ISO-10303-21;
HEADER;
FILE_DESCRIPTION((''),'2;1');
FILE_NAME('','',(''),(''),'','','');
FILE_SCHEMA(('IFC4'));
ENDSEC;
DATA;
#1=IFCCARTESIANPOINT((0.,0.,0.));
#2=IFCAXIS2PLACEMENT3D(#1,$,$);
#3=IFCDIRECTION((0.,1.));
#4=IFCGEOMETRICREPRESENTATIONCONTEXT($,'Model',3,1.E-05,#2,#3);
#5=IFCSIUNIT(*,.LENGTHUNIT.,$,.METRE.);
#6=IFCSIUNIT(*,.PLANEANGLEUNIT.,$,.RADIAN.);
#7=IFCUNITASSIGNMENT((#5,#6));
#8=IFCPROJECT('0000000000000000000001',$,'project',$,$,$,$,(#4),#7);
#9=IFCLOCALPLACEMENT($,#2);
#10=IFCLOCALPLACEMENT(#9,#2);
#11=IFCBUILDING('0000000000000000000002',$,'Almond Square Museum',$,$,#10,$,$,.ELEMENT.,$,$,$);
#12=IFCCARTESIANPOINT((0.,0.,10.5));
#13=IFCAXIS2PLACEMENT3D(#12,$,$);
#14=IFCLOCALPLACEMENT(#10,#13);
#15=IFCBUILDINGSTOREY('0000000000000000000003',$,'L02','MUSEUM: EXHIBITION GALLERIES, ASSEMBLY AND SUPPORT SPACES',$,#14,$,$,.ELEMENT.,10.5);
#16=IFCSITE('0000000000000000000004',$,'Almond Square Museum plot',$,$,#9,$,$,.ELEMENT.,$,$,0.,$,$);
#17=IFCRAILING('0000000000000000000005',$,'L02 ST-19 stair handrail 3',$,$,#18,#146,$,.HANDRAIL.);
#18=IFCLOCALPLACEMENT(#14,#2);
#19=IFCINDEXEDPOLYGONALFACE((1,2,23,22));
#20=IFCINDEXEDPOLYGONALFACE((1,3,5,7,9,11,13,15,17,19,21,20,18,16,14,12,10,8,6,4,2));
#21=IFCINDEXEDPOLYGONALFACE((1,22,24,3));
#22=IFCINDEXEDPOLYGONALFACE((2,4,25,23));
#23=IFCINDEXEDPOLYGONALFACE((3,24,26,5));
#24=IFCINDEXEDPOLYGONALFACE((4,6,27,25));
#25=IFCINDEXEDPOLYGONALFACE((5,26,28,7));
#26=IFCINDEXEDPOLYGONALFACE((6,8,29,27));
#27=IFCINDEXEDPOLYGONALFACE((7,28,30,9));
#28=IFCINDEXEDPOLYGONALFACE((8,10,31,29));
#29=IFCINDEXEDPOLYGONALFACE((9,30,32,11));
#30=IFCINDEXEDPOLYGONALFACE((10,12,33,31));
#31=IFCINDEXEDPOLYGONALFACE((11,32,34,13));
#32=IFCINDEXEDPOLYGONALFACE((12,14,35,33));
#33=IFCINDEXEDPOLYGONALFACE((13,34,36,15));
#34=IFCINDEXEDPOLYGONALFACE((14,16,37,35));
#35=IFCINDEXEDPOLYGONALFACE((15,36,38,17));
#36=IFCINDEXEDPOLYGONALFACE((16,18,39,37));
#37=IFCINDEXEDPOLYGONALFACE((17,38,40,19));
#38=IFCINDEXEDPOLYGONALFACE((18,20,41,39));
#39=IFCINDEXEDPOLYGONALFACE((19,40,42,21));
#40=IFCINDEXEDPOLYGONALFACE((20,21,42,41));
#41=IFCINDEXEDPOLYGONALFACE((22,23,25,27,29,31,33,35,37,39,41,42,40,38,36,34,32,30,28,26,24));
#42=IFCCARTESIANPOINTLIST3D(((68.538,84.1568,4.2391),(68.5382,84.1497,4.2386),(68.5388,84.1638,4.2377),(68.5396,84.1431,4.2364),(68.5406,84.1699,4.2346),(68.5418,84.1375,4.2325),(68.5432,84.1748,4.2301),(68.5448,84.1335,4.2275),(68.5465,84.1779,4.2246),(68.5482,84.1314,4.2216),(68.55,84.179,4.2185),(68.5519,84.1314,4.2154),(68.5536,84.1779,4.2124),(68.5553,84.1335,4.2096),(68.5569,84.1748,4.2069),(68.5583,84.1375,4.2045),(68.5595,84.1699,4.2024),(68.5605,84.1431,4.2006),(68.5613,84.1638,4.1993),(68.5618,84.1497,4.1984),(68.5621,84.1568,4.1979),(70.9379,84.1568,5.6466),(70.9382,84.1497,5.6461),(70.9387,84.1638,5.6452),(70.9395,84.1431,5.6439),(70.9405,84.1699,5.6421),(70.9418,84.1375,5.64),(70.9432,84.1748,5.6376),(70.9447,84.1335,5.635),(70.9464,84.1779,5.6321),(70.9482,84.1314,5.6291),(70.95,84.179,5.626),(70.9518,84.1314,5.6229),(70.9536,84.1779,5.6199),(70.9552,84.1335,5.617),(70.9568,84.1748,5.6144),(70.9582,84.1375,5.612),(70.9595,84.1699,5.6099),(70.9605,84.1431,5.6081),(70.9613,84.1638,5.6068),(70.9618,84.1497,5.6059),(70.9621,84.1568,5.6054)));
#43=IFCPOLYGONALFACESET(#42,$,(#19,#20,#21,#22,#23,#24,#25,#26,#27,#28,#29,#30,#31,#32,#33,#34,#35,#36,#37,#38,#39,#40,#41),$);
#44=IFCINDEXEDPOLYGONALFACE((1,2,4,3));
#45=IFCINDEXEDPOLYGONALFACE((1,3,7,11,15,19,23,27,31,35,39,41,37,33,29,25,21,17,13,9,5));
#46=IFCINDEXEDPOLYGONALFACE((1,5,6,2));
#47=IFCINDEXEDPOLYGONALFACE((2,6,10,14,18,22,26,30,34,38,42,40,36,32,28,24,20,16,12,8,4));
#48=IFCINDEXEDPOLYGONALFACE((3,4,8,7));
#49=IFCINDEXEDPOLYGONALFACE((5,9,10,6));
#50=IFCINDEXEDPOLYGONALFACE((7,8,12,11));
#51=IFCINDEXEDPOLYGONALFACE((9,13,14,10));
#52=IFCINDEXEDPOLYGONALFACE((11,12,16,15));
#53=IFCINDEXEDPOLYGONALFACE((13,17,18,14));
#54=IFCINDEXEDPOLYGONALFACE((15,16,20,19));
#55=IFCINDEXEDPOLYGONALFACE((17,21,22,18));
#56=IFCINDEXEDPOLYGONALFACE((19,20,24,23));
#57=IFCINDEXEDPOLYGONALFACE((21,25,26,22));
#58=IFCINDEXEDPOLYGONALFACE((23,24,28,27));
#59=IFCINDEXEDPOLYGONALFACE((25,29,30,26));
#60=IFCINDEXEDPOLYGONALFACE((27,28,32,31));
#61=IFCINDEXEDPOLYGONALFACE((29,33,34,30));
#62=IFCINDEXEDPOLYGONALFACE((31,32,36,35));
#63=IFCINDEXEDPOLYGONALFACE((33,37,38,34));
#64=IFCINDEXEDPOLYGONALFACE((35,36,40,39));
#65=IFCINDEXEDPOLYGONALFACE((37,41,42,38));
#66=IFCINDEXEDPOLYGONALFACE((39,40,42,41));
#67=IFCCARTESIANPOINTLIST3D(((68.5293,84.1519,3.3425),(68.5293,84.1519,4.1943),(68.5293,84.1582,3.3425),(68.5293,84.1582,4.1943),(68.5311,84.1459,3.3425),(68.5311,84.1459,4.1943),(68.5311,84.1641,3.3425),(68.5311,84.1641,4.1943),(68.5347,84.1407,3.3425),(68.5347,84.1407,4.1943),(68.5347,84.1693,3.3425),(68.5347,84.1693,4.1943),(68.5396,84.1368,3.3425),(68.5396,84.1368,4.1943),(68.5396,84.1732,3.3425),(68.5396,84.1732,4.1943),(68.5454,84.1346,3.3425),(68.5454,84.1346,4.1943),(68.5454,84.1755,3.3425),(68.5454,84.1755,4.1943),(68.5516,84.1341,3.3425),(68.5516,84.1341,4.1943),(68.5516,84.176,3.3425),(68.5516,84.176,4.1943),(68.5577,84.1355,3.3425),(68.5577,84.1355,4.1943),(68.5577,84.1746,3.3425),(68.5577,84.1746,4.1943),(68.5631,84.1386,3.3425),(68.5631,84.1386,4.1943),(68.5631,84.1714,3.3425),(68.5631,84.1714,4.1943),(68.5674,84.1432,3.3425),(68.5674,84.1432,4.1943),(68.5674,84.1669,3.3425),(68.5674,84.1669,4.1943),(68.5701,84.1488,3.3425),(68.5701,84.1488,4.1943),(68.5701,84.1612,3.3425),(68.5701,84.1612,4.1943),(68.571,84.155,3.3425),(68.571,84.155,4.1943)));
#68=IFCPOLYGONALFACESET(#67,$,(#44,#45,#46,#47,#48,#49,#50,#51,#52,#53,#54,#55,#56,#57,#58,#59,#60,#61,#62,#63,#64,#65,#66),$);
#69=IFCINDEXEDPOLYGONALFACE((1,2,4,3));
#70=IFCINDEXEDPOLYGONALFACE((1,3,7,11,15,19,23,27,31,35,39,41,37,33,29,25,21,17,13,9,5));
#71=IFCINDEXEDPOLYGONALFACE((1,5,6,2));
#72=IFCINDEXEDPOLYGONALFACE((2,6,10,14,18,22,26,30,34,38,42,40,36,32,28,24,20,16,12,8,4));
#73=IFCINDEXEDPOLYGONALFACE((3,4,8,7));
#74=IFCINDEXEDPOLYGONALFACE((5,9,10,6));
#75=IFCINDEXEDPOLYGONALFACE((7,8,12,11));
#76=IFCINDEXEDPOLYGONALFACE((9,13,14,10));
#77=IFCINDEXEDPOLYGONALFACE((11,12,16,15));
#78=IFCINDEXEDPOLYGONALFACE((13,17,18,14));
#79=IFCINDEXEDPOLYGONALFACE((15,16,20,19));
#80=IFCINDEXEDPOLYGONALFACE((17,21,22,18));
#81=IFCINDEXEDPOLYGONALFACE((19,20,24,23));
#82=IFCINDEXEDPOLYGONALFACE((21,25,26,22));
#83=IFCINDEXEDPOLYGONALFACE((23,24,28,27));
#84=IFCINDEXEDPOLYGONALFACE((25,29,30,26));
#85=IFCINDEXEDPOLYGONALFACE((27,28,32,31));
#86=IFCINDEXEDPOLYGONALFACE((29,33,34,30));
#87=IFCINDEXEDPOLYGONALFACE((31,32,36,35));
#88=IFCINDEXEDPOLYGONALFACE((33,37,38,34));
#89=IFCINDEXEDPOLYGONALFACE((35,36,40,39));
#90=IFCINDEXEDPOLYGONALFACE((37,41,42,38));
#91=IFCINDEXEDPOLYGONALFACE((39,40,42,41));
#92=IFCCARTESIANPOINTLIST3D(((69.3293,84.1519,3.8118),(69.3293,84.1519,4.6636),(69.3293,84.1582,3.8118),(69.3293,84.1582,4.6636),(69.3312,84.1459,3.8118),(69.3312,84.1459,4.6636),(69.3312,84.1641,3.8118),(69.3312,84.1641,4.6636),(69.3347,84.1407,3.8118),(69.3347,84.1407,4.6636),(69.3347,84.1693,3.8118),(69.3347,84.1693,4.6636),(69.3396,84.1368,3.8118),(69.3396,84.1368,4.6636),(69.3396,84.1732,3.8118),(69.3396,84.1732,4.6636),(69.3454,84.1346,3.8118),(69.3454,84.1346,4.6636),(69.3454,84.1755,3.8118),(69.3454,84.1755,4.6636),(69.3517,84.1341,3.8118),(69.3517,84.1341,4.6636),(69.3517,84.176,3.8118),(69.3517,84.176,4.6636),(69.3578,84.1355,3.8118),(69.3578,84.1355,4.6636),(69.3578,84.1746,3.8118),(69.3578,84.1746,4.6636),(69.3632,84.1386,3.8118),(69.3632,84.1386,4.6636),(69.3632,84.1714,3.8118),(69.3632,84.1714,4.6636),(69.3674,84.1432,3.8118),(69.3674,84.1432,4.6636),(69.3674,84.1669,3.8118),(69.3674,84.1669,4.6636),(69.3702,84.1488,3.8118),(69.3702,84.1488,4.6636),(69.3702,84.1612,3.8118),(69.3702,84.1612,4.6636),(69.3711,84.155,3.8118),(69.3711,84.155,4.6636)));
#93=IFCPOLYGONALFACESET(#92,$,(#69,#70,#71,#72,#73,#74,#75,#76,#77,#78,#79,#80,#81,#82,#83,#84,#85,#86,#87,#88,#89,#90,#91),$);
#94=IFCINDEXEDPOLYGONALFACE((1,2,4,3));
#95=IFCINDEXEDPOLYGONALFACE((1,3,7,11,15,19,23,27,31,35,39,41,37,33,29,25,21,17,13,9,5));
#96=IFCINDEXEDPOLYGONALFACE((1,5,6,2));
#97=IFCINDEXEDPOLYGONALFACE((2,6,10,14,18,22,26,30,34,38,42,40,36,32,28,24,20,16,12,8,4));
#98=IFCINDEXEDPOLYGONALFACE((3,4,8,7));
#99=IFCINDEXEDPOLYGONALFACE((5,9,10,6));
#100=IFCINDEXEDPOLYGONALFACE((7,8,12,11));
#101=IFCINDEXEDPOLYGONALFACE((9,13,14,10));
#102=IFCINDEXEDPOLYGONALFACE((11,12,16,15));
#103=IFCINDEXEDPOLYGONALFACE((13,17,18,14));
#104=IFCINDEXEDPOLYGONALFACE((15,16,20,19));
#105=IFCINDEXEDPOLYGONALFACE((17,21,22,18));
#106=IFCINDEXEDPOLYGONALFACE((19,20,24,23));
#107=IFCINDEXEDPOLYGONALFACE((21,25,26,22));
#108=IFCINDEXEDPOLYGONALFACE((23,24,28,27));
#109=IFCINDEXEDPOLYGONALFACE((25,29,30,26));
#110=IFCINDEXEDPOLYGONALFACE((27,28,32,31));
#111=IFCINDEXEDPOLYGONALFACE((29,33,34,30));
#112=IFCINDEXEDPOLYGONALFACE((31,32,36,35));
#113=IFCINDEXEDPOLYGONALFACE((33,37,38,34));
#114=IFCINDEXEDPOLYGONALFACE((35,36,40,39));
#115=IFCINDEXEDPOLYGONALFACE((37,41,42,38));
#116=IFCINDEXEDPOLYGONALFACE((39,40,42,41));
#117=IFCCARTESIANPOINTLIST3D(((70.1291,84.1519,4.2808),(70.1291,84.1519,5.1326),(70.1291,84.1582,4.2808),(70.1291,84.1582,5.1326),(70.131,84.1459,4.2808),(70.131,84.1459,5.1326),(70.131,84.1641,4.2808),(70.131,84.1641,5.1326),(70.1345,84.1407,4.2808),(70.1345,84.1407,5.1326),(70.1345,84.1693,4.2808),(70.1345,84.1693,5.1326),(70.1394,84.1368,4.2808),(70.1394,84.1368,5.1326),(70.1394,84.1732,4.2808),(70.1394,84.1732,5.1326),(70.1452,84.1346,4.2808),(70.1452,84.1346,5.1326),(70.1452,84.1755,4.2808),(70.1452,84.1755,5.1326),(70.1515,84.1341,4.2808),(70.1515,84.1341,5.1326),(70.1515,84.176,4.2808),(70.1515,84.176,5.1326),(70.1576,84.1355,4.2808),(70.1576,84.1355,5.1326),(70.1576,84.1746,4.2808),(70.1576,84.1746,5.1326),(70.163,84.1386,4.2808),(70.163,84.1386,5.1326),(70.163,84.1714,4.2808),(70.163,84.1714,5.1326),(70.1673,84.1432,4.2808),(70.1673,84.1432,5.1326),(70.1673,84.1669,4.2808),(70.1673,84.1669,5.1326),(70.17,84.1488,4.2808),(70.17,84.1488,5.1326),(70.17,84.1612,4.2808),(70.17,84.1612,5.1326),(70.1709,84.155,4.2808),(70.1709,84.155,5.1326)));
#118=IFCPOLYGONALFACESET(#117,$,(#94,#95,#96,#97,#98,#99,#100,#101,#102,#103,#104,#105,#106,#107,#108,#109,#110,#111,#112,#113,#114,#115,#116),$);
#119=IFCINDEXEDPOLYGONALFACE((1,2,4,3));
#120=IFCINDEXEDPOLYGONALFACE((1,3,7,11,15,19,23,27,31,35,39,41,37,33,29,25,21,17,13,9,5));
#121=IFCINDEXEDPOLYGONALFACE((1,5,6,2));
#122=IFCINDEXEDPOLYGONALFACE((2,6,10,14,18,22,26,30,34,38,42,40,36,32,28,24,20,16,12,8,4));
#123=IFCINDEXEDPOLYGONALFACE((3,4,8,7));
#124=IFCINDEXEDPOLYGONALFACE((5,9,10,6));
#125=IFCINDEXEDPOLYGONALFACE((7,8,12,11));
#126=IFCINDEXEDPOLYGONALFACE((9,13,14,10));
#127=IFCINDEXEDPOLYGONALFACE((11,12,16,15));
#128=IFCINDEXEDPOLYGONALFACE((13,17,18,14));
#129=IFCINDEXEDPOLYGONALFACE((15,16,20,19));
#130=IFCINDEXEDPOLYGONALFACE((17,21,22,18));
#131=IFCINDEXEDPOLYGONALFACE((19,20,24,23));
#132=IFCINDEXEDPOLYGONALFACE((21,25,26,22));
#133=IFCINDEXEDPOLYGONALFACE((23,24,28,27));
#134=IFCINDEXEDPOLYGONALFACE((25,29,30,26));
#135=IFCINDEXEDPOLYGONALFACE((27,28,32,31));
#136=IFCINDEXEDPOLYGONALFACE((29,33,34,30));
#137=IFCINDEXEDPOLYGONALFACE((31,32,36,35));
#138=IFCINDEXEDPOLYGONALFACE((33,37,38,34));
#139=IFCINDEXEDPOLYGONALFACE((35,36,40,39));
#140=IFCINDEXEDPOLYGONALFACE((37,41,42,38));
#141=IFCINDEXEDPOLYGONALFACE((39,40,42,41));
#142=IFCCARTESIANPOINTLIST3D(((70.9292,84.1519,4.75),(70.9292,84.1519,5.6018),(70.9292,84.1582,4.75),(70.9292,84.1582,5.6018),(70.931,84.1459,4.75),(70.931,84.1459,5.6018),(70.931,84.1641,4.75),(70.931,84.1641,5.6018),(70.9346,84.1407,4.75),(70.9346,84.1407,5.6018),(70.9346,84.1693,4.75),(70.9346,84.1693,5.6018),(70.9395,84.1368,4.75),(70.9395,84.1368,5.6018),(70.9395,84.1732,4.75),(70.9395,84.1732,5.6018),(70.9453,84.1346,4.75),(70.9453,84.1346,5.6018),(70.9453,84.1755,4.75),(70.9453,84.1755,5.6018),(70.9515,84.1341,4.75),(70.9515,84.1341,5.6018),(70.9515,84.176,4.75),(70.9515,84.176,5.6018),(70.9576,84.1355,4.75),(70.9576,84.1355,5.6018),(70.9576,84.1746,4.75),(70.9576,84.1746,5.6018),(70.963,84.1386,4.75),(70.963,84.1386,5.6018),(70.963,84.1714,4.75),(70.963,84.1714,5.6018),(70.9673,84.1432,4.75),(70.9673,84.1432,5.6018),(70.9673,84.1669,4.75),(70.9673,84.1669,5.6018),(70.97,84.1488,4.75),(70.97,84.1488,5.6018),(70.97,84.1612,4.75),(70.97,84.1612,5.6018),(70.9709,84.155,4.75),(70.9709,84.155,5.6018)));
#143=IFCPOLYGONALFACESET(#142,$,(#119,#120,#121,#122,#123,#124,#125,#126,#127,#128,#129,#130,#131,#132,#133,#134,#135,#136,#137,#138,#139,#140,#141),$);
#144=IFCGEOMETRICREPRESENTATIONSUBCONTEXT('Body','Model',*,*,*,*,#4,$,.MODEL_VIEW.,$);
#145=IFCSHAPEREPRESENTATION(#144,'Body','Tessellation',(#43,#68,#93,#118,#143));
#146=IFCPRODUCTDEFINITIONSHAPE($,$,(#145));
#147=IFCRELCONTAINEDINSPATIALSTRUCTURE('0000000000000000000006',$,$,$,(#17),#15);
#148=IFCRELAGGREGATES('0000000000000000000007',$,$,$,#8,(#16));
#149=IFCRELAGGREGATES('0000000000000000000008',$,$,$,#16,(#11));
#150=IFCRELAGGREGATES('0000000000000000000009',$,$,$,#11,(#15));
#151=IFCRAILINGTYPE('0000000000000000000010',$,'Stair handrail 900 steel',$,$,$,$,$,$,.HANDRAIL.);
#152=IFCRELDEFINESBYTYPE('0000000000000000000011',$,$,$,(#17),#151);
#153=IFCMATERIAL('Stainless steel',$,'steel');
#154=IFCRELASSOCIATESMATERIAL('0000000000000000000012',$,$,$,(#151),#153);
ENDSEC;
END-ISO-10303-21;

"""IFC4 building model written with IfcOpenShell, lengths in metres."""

from ifc_helpers import new_model, si_unit, direction, frame, origin, origin_2d, place, context, subcontext, project, spatial, circle, extrude, material, type_object, element, save


model = new_model("IFC4")

# Units and contexts
model_context = context("Model", 3, precision=1e-05, world=origin(), true_north=direction((0.0, 1.0)))
body_context = subcontext(model_context, "Body", "Model", "MODEL_VIEW")
ifc_project = project(units=[si_unit("LENGTHUNIT", "METRE"), si_unit("PLANEANGLEUNIT", "RADIAN")], contexts=[model_context])

# Site, building, storey
site_placement = place(None, origin())
site = spatial("IfcSite", under=ifc_project, at=site_placement, Name="Almond Square Museum plot", CompositionType="ELEMENT", RefElevation=0.0)
building_placement = place(site_placement, origin())
building = spatial("IfcBuilding", under=site, at=building_placement, Name="Almond Square Museum", CompositionType="ELEMENT")
storey_placement = place(building_placement, frame((0.0, 0.0, 10.5)))
storey = spatial("IfcBuildingStorey", under=building, at=storey_placement, Name="L02", Description="MUSEUM: EXHIBITION GALLERIES, ASSEMBLY AND SUPPORT SPACES", CompositionType="ELEMENT", Elevation=10.5)

# Railing
ifc_material_1 = material(Name="Stainless steel", Category="steel")
railing_type_1 = type_object("IfcRailingType", Name="Stair handrail 900 steel", PredefinedType="HANDRAIL", material=ifc_material_1)
railing_1_placement = place(storey_placement, frame((68.55, 84.155, 3.3425)))
element("IfcRailing", 1, at=railing_1_placement, inside=storey, type_object=railing_type_1, Name="L02 ST-19 stair handrail 3", PredefinedType="HANDRAIL", context=body_context, shape_type="SweptSolid", body=[
    extrude(circle(Radius=0.0239, at=origin_2d()), frame((0.0, 0.0, 0.876), z_axis=(0.862599, 0.0, 0.505888), x_axis=(0.0, 1.0, 0.0)), (0.0, 0.0, 1.0), 2.7822),
    extrude(circle(Radius=0.021, at=origin_2d()), origin(), (0.0, 0.0, 1.0), 0.8518),
    extrude(circle(Radius=0.021, at=origin_2d()), frame((0.8, 0.0, 0.4692)), (0.0, 0.0, 1.0), 0.8518),
    extrude(circle(Radius=0.021, at=origin_2d()), frame((1.5999, 0.0, 0.9382)), (0.0, 0.0, 1.0), 0.8518),
    extrude(circle(Radius=0.021, at=origin_2d()), frame((2.3999, 0.0, 1.4075)), (0.0, 0.0, 1.0), 0.8518),
])

save(model, "model.ifc")
